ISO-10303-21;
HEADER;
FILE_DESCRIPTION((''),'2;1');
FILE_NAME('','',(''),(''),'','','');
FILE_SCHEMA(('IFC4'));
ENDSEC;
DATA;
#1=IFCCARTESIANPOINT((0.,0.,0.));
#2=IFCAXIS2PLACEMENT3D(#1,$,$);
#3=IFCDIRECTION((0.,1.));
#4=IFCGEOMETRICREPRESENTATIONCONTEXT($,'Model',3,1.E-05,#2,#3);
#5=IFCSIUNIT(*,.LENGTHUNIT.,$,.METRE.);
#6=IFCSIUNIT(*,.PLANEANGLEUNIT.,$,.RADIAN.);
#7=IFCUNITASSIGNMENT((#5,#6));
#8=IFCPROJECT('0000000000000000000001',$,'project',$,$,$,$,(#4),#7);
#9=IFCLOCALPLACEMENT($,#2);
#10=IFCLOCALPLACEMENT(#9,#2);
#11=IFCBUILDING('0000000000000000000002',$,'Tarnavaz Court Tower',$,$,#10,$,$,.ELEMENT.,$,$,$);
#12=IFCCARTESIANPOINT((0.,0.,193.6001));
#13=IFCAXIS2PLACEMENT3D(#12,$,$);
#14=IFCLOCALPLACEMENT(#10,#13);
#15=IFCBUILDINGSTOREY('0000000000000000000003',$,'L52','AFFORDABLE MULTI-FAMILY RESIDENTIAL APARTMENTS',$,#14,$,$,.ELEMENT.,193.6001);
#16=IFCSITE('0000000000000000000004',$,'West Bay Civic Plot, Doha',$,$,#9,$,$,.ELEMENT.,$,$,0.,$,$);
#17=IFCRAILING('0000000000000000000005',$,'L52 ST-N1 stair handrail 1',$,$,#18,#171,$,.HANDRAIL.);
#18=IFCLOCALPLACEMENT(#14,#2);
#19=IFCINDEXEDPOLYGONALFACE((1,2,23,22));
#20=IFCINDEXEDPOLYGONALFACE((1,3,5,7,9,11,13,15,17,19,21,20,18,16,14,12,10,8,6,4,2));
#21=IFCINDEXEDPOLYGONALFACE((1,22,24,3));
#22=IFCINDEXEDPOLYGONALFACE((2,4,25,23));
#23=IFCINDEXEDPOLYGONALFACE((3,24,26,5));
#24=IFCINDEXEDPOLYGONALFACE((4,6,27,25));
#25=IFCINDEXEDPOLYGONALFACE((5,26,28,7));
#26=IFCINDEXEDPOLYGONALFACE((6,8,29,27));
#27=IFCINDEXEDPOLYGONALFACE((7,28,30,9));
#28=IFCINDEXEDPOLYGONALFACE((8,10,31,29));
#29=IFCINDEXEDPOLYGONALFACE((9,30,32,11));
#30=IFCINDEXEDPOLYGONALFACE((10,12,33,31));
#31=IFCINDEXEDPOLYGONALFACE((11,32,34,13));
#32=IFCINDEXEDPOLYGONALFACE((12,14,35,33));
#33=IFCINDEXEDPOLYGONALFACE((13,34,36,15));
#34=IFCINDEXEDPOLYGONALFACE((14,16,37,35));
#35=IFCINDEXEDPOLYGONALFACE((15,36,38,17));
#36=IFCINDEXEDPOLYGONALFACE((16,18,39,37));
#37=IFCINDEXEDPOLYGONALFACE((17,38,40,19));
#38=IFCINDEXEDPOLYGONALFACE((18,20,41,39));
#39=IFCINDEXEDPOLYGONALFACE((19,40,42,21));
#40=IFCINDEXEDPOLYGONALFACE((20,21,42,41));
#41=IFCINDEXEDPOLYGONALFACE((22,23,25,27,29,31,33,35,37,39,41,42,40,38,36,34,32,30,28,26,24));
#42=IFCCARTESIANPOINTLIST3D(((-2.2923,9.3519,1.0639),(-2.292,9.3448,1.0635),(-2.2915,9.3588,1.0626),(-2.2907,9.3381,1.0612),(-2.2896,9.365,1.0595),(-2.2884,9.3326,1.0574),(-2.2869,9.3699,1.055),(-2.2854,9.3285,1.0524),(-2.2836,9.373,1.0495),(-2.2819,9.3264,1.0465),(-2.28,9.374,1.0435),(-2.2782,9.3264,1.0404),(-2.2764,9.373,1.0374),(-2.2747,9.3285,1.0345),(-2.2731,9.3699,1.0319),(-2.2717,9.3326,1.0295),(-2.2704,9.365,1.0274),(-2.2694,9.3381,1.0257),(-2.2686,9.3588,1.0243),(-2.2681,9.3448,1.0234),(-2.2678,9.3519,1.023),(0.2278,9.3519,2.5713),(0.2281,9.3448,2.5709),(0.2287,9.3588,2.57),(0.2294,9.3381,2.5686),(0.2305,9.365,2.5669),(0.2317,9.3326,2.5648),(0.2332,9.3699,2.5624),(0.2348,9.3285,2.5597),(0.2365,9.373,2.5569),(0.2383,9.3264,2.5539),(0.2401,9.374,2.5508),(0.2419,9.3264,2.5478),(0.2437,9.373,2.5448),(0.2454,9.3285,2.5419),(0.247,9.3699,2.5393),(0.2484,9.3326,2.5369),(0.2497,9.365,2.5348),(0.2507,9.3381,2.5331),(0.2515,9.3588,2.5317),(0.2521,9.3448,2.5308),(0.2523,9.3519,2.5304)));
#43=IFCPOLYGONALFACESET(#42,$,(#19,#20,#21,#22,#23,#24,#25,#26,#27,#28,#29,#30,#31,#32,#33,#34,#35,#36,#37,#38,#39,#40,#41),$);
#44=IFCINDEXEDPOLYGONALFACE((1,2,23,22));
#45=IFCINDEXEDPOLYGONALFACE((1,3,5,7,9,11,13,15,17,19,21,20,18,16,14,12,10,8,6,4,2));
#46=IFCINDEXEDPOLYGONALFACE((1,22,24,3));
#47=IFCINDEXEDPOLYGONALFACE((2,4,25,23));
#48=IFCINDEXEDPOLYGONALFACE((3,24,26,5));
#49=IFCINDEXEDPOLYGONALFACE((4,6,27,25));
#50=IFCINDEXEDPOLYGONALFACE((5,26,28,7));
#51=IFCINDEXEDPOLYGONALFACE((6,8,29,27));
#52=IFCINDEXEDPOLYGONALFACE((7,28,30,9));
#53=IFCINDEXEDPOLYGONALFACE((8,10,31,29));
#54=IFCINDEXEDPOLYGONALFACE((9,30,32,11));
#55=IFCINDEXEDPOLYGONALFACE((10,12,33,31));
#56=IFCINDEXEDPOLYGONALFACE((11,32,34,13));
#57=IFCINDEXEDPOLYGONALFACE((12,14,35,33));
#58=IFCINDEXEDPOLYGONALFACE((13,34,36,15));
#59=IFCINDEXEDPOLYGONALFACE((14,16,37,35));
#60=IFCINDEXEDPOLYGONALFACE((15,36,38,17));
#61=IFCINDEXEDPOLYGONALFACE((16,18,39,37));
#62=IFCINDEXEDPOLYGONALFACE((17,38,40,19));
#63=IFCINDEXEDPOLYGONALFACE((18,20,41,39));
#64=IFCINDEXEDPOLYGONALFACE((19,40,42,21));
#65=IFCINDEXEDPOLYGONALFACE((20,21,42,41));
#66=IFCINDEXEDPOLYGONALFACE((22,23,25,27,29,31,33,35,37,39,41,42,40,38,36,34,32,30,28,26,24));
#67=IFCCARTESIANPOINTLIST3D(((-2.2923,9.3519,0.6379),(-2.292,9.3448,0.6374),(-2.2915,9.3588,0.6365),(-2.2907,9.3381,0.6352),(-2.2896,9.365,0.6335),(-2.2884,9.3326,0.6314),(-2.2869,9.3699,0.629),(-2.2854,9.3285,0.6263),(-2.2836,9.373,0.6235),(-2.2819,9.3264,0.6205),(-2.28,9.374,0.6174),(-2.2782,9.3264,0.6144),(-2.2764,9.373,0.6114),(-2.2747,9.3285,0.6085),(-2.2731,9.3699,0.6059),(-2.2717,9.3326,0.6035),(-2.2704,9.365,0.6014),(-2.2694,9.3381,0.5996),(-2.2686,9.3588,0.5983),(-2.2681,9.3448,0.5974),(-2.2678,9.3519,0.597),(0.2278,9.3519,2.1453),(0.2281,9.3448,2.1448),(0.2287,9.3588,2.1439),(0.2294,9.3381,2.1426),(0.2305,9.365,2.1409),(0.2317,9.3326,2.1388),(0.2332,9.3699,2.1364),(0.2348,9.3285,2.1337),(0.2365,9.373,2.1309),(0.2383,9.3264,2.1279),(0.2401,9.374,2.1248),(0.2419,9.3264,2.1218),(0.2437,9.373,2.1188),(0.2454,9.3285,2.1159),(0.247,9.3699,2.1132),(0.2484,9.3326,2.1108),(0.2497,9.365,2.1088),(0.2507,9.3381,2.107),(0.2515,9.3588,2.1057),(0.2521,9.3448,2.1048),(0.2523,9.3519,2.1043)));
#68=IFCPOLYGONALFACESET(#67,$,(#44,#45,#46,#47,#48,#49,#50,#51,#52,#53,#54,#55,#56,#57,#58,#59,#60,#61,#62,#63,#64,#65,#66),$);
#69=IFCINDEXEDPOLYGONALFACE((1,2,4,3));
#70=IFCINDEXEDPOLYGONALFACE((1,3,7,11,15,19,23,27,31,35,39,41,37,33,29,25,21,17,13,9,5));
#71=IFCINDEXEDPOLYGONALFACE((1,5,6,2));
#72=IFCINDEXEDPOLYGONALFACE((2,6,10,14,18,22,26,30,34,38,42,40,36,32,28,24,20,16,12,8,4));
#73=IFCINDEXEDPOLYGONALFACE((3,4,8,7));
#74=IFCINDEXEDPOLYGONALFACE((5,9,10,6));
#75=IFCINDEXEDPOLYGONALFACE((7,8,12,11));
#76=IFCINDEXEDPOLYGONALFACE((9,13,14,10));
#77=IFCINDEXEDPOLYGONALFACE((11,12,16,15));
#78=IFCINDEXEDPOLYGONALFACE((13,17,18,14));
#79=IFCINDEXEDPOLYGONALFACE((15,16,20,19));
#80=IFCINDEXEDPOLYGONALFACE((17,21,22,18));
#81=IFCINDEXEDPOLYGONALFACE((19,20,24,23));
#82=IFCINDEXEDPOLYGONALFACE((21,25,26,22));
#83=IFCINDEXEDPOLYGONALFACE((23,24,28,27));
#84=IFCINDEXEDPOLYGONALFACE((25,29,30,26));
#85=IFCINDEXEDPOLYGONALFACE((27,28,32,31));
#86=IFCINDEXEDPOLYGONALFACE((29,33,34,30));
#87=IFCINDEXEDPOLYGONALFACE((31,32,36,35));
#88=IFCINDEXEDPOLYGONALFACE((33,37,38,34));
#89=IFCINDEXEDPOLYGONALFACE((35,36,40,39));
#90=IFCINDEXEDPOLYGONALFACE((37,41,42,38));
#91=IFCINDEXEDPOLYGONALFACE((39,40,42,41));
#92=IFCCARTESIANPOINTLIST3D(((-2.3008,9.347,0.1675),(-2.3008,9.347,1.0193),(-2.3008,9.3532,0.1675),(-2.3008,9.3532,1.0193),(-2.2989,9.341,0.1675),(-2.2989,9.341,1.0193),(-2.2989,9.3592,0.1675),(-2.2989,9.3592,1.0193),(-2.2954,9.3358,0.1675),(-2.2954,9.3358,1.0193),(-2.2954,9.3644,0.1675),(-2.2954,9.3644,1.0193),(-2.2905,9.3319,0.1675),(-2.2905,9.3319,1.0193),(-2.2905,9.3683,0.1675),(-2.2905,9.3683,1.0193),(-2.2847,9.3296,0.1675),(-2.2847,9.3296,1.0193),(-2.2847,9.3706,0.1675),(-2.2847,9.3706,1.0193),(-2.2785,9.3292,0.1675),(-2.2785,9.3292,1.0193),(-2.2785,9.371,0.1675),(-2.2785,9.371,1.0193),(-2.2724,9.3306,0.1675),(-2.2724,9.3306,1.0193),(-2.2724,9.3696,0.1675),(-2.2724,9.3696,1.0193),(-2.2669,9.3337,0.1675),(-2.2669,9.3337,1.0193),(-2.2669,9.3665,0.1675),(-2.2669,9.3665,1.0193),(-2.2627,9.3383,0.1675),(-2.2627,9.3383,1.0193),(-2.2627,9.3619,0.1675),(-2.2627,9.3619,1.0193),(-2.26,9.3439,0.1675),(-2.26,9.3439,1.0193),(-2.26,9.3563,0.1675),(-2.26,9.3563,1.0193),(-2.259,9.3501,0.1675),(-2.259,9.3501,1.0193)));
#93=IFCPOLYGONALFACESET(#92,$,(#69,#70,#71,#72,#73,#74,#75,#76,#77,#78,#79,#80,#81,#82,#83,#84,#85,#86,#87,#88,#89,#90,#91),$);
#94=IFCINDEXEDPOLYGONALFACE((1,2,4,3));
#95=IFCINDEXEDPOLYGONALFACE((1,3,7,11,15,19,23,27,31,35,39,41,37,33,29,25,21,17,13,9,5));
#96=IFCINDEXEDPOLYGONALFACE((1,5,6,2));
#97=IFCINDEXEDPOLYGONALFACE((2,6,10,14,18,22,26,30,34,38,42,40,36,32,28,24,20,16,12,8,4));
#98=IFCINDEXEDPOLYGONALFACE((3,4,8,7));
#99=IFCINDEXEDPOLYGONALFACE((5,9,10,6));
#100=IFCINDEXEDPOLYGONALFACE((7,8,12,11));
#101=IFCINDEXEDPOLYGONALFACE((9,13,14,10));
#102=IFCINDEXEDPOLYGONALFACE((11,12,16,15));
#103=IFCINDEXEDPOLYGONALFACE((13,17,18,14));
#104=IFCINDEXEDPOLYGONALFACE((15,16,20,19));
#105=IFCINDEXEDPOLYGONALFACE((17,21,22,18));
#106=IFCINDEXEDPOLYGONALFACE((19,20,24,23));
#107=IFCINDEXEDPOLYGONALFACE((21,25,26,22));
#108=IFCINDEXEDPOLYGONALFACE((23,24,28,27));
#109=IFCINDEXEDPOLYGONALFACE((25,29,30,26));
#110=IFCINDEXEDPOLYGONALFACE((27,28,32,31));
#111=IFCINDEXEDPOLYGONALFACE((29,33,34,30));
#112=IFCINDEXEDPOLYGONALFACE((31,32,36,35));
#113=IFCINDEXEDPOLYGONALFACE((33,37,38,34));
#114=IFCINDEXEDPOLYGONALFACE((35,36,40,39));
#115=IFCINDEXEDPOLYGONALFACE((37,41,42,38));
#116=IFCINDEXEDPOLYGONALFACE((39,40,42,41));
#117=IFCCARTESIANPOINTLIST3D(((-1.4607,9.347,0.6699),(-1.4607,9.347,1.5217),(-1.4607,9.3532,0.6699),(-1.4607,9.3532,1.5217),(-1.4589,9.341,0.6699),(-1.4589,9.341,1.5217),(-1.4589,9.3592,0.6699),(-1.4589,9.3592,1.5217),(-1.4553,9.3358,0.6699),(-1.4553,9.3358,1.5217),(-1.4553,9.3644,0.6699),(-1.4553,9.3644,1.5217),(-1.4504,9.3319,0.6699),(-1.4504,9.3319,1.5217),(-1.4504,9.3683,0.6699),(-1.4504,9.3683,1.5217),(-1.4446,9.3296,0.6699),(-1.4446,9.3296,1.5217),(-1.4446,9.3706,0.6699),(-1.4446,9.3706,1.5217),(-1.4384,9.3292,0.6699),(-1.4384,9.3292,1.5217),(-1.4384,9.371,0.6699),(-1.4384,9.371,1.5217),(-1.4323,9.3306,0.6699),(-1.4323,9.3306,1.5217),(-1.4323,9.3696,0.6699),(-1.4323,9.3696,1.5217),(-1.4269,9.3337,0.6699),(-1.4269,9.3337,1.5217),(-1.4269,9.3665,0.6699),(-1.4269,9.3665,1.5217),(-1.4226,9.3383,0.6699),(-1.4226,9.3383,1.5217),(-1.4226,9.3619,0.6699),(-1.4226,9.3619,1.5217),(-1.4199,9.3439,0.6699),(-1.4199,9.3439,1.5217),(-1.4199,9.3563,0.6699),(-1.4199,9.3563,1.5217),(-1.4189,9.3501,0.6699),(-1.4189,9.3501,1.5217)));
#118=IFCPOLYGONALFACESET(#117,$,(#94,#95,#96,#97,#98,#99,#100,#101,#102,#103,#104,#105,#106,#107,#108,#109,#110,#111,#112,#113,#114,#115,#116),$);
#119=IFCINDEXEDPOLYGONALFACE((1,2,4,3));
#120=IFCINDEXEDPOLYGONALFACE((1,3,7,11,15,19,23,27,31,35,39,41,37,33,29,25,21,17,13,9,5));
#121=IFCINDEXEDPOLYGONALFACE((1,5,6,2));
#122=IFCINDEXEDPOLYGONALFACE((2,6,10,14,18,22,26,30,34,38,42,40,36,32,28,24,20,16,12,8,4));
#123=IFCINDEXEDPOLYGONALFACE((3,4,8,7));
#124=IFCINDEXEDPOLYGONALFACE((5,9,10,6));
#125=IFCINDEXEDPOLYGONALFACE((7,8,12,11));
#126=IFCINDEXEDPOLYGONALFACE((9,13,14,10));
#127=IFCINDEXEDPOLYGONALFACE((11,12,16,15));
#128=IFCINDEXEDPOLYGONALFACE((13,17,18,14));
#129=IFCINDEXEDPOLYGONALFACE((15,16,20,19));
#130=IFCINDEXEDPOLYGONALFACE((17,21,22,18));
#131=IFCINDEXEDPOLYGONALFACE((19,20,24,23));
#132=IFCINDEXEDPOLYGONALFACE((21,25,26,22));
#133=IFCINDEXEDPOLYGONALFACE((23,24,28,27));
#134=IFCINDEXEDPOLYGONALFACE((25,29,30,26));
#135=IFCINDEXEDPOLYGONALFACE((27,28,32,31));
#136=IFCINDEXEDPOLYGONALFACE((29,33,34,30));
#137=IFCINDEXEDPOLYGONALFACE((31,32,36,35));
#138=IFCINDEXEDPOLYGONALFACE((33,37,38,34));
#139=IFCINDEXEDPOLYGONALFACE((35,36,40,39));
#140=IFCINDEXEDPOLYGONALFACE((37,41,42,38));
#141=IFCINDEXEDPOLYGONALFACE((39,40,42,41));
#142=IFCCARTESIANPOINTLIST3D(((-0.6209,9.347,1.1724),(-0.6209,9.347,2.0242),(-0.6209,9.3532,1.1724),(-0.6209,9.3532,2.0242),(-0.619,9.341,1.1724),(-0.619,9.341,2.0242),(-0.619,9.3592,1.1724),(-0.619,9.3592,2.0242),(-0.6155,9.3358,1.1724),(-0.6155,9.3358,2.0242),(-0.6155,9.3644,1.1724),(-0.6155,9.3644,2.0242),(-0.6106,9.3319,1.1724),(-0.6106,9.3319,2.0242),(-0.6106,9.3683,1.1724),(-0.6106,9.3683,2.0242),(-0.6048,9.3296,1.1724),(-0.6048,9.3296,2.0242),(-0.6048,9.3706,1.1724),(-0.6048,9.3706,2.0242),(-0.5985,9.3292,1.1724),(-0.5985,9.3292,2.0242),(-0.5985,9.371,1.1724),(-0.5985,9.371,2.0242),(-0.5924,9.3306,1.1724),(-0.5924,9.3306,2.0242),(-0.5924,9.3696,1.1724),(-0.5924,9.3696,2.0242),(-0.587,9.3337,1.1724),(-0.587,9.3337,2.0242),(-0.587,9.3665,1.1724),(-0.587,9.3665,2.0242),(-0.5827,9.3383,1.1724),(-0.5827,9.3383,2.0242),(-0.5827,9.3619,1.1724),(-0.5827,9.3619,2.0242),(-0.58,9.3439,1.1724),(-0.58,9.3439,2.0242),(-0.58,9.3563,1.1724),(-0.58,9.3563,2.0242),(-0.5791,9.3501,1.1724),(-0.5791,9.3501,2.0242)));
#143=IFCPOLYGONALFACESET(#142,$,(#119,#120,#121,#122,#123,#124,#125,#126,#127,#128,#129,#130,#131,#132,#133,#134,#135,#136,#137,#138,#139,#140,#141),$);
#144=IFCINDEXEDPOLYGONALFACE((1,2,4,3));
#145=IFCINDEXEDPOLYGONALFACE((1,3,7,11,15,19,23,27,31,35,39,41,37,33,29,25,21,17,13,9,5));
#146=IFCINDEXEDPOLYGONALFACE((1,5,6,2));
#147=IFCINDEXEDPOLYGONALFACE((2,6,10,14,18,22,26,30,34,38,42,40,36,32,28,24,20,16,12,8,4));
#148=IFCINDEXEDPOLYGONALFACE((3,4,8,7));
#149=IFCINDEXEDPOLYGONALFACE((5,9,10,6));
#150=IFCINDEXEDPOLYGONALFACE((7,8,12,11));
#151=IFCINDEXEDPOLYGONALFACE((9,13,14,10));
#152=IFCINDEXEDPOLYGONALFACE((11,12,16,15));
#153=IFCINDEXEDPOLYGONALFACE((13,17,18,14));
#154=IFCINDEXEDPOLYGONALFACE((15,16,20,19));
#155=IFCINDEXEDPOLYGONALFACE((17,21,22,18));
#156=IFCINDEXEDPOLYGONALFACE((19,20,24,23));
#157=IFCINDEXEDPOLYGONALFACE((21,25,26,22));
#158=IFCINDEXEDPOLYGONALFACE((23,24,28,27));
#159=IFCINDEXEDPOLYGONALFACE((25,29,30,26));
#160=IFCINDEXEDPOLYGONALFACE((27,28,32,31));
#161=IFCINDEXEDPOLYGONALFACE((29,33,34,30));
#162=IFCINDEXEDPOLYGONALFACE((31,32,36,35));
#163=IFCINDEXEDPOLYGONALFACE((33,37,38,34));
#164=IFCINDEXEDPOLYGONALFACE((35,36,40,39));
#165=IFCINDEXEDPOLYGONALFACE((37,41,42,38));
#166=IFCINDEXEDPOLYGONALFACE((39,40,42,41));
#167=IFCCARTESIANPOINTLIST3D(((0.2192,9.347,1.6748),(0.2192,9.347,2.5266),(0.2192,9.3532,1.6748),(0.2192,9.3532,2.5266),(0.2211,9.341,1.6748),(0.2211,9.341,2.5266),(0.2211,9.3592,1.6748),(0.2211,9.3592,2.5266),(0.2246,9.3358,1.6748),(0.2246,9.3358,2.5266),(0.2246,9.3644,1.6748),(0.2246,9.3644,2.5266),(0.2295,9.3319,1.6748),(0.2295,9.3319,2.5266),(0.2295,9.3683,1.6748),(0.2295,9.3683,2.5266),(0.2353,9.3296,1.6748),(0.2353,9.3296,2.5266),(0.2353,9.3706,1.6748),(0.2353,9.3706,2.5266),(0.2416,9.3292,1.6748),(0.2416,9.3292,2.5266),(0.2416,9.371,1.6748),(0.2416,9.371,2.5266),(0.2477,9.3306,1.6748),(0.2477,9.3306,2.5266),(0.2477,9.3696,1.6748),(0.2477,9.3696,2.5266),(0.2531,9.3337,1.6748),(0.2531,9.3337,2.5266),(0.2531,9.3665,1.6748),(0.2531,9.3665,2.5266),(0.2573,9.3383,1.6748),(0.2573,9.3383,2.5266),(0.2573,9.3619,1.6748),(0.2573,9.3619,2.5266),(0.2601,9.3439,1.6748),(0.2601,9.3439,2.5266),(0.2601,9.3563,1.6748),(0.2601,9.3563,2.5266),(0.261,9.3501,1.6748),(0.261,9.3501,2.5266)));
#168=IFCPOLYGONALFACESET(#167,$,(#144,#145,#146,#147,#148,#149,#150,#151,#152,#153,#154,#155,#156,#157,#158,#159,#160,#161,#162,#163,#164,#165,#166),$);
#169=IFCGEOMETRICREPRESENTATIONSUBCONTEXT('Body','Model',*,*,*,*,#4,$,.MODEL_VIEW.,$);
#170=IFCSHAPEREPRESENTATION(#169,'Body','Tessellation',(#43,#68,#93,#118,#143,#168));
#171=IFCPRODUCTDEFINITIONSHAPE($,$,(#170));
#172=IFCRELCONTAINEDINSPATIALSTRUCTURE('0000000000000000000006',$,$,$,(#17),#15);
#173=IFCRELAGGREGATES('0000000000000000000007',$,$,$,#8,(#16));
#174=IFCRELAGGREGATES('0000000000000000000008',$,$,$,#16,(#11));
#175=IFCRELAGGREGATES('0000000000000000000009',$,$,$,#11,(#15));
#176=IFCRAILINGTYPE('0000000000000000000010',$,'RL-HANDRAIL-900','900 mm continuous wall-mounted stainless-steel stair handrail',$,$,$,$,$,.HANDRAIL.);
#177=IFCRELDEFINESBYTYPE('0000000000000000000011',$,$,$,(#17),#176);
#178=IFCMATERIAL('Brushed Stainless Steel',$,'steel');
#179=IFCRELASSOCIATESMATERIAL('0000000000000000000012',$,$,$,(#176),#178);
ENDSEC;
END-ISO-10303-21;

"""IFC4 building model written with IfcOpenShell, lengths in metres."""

from ifc_helpers import new_model, si_unit, direction, frame, origin, origin_2d, place, context, subcontext, project, spatial, circle, extrude, material, type_object, element, save


model = new_model("IFC4")

# Units and contexts
model_context = context("Model", 3, precision=1e-05, world=origin(), true_north=direction((0.0, 1.0)))
body_context = subcontext(model_context, "Body", "Model", "MODEL_VIEW")
ifc_project = project(units=[si_unit("LENGTHUNIT", "METRE"), si_unit("PLANEANGLEUNIT", "RADIAN")], contexts=[model_context])

# Site, building, storey
site_placement = place(None, origin())
site = spatial("IfcSite", under=ifc_project, at=site_placement, Name="West Bay Civic Plot, Doha", CompositionType="ELEMENT", RefElevation=0.0)
building_placement = place(site_placement, origin())
building = spatial("IfcBuilding", under=site, at=building_placement, Name="Tarnavaz Court Tower", CompositionType="ELEMENT")
storey_placement = place(building_placement, frame((0.0, 0.0, 193.6001)))
storey = spatial("IfcBuildingStorey", under=building, at=storey_placement, Name="L52", Description="AFFORDABLE MULTI-FAMILY RESIDENTIAL APARTMENTS", CompositionType="ELEMENT", Elevation=193.6001)

# Railing
ifc_material_1 = material(Name="Brushed Stainless Steel", Category="steel")
railing_type_1 = type_object("IfcRailingType", Name="RL-HANDRAIL-900", Description="900 mm continuous wall-mounted stainless-steel stair handrail", PredefinedType="HANDRAIL", material=ifc_material_1)
railing_1_placement = place(storey_placement, frame((-2.28, 9.3501, 0.1675)))
element("IfcRailing", 1, at=railing_1_placement, inside=storey, type_object=railing_type_1, Name="L52 ST-N1 stair handrail 1", PredefinedType="HANDRAIL", context=body_context, shape_type="SweptSolid", body=[
    extrude(circle(Radius=0.0239, at=origin_2d()), frame((0.0, 0.0, 0.876), z_axis=(0.858196, 0.0, 0.513321), x_axis=(0.0, 1.0, 0.0)), (0.0, 0.0, 1.0), 2.9365),
    extrude(circle(Radius=0.0239, at=origin_2d()), frame((0.0, 0.0, 0.45), z_axis=(0.858196, 0.0, 0.513321), x_axis=(0.0, 1.0, 0.0)), (0.0, 0.0, 1.0), 2.9365),
    extrude(circle(Radius=0.021, at=origin_2d()), origin(), (0.0, 0.0, 1.0), 0.8518),
    extrude(circle(Radius=0.021, at=origin_2d()), frame((0.8401, 0.0, 0.5024)), (0.0, 0.0, 1.0), 0.8518),
    extrude(circle(Radius=0.021, at=origin_2d()), frame((1.6799, 0.0, 1.0049)), (0.0, 0.0, 1.0), 0.8518),
    extrude(circle(Radius=0.021, at=origin_2d()), frame((2.52, 0.0, 1.5073)), (0.0, 0.0, 1.0), 0.8518),
])

save(model, "model.ifc")
